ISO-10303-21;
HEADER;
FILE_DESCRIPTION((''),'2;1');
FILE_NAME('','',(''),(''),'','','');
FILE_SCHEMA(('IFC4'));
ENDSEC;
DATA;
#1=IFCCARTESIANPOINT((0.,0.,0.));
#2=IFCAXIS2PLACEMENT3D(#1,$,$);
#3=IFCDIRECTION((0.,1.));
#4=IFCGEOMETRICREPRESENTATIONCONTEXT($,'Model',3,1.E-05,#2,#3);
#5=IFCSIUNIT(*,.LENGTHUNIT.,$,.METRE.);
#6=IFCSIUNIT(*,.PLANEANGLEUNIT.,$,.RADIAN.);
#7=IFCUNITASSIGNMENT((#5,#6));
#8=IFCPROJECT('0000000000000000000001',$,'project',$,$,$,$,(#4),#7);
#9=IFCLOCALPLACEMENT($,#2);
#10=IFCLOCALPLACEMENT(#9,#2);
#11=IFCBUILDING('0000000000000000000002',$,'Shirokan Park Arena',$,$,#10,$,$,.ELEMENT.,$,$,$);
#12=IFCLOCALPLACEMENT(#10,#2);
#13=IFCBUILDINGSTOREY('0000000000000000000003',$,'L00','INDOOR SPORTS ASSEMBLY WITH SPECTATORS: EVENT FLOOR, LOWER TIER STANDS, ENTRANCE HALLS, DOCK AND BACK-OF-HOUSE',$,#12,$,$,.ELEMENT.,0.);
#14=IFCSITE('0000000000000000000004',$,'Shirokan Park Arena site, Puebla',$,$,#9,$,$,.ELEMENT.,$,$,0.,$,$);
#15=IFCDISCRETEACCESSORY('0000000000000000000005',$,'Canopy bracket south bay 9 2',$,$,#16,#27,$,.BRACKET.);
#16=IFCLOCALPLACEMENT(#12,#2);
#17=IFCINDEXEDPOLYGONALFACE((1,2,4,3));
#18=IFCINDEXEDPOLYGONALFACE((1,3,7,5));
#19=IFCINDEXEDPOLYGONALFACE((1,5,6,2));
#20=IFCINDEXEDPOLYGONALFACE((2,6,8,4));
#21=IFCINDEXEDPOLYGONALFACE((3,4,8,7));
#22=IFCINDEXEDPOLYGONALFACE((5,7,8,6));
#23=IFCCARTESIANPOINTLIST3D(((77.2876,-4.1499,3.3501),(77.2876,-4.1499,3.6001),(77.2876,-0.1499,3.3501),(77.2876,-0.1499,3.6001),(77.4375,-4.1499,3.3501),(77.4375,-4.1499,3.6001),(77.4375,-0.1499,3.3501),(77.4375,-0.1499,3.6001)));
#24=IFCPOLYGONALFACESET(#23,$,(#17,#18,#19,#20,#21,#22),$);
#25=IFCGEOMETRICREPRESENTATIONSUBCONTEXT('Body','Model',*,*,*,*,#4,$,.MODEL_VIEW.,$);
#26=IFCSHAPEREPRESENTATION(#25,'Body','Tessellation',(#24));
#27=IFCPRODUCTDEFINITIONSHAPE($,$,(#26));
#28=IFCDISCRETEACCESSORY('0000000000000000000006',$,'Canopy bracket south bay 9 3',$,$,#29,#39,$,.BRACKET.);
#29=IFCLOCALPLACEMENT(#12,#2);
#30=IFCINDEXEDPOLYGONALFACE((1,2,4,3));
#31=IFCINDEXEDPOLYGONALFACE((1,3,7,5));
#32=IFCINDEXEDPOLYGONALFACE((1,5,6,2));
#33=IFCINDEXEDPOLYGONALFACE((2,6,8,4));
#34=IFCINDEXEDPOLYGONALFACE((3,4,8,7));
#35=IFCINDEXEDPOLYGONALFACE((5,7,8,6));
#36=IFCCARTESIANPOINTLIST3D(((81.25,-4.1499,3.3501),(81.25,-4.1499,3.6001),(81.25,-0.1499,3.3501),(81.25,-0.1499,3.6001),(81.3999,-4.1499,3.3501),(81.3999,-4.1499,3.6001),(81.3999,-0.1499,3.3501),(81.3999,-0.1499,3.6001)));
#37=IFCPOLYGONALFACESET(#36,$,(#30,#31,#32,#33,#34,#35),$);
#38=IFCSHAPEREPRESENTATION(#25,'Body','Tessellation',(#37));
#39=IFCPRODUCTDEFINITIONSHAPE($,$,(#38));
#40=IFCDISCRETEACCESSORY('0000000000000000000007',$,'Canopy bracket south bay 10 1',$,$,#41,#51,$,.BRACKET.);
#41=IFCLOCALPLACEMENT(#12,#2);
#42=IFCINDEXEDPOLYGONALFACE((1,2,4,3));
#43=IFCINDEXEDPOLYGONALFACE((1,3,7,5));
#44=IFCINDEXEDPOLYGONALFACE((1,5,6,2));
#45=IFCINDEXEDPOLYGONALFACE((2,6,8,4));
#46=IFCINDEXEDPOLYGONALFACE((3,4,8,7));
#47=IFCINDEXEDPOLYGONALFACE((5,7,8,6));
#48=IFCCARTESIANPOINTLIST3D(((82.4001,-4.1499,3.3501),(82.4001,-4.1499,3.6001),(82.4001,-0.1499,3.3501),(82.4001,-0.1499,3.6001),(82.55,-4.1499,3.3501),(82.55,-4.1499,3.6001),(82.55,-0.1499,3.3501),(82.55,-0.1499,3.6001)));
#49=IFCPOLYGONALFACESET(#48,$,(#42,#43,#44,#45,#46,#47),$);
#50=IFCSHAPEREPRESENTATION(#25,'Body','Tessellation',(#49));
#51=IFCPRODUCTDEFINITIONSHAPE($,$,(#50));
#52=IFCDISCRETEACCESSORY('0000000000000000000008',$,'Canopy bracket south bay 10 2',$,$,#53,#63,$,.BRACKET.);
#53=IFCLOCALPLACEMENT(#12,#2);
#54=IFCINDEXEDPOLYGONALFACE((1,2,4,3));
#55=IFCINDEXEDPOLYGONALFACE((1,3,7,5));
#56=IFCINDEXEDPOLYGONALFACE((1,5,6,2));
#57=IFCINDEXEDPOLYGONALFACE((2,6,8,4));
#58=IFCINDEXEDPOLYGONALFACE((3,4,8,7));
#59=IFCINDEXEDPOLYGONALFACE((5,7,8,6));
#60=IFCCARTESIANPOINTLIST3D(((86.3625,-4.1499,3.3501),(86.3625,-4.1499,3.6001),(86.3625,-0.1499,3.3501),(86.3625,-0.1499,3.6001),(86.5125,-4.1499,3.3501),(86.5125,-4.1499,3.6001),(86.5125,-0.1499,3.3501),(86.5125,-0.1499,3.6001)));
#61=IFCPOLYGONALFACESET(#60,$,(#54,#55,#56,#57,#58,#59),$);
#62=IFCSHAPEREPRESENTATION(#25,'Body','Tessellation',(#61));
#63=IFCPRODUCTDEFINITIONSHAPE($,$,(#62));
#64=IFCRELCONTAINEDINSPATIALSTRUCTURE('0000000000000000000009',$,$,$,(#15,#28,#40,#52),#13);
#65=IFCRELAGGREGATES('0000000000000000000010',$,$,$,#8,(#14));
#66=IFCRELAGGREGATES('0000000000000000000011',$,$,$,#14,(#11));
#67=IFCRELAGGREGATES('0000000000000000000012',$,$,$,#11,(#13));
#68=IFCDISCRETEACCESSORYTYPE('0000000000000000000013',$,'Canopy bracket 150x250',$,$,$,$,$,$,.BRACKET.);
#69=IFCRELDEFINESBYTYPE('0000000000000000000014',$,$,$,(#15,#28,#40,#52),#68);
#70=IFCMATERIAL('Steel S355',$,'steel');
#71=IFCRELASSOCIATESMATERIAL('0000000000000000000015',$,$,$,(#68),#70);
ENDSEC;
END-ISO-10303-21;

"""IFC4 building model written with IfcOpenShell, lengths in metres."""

from ifc_helpers import new_model, si_unit, direction, frame, origin, origin_2d, place, context, subcontext, project, spatial, rectangle, extrude, material, type_object, element, save


model = new_model("IFC4")

# Units and contexts
model_context = context("Model", 3, precision=1e-05, world=origin(), true_north=direction((0.0, 1.0)))
body_context = subcontext(model_context, "Body", "Model", "MODEL_VIEW")
ifc_project = project(units=[si_unit("LENGTHUNIT", "METRE"), si_unit("PLANEANGLEUNIT", "RADIAN")], contexts=[model_context])

# Site, building, storey
site_placement = place(None, origin())
site = spatial("IfcSite", under=ifc_project, at=site_placement, Name="Shirokan Park Arena site, Puebla", CompositionType="ELEMENT", RefElevation=0.0)
building_placement = place(site_placement, origin())
building = spatial("IfcBuilding", under=site, at=building_placement, Name="Shirokan Park Arena", CompositionType="ELEMENT")
storey_placement = place(building_placement, origin())
storey = spatial("IfcBuildingStorey", under=building, at=storey_placement, Name="L00", Description="INDOOR SPORTS ASSEMBLY WITH SPECTATORS: EVENT FLOOR, LOWER TIER STANDS, ENTRANCE HALLS, DOCK AND BACK-OF-HOUSE", CompositionType="ELEMENT", Elevation=0.0)

# Shared definitions
ifc_material_1 = material(Name="Steel S355", Category="steel")

# Discrete accessories
discrete_accessory_type = type_object("IfcDiscreteAccessoryType", Name="Canopy bracket 150x250", PredefinedType="BRACKET", material=ifc_material_1)
for number, where, z_axis, x_axis, name in (
    (1, (77.3625, -2.1499, 3.3501), (0.0, 0.0, 1.0), (1.0, 0.0, 0.0), "Canopy bracket south bay 9 2"),
    (2, (81.325, -2.1499, 3.3501), (0.0, 0.0, 1.0), (1.0, 0.0, 0.0), "Canopy bracket south bay 9 3"),
    (3, (82.4751, -2.1499, 3.3501), (0.0, 0.0, 1.0), (1.0, 0.0, 0.0), "Canopy bracket south bay 10 1"),
    (4, (86.4375, -2.1499, 3.3501), (0.0, 0.0, 1.0), (1.0, 0.0, 0.0), "Canopy bracket south bay 10 2"),
):
    element("IfcDiscreteAccessory", number, at=place(storey_placement, frame(where, z_axis=z_axis, x_axis=x_axis)), inside=storey, type_object=discrete_accessory_type, Name=name, PredefinedType="BRACKET", context=body_context, shape_type="SweptSolid", body=[
        extrude(rectangle(XDim=0.1499, YDim=4.0, at=origin_2d()), origin(), (0.0, 0.0, 1.0), 0.25),
    ])

save(model, "model.ifc")
